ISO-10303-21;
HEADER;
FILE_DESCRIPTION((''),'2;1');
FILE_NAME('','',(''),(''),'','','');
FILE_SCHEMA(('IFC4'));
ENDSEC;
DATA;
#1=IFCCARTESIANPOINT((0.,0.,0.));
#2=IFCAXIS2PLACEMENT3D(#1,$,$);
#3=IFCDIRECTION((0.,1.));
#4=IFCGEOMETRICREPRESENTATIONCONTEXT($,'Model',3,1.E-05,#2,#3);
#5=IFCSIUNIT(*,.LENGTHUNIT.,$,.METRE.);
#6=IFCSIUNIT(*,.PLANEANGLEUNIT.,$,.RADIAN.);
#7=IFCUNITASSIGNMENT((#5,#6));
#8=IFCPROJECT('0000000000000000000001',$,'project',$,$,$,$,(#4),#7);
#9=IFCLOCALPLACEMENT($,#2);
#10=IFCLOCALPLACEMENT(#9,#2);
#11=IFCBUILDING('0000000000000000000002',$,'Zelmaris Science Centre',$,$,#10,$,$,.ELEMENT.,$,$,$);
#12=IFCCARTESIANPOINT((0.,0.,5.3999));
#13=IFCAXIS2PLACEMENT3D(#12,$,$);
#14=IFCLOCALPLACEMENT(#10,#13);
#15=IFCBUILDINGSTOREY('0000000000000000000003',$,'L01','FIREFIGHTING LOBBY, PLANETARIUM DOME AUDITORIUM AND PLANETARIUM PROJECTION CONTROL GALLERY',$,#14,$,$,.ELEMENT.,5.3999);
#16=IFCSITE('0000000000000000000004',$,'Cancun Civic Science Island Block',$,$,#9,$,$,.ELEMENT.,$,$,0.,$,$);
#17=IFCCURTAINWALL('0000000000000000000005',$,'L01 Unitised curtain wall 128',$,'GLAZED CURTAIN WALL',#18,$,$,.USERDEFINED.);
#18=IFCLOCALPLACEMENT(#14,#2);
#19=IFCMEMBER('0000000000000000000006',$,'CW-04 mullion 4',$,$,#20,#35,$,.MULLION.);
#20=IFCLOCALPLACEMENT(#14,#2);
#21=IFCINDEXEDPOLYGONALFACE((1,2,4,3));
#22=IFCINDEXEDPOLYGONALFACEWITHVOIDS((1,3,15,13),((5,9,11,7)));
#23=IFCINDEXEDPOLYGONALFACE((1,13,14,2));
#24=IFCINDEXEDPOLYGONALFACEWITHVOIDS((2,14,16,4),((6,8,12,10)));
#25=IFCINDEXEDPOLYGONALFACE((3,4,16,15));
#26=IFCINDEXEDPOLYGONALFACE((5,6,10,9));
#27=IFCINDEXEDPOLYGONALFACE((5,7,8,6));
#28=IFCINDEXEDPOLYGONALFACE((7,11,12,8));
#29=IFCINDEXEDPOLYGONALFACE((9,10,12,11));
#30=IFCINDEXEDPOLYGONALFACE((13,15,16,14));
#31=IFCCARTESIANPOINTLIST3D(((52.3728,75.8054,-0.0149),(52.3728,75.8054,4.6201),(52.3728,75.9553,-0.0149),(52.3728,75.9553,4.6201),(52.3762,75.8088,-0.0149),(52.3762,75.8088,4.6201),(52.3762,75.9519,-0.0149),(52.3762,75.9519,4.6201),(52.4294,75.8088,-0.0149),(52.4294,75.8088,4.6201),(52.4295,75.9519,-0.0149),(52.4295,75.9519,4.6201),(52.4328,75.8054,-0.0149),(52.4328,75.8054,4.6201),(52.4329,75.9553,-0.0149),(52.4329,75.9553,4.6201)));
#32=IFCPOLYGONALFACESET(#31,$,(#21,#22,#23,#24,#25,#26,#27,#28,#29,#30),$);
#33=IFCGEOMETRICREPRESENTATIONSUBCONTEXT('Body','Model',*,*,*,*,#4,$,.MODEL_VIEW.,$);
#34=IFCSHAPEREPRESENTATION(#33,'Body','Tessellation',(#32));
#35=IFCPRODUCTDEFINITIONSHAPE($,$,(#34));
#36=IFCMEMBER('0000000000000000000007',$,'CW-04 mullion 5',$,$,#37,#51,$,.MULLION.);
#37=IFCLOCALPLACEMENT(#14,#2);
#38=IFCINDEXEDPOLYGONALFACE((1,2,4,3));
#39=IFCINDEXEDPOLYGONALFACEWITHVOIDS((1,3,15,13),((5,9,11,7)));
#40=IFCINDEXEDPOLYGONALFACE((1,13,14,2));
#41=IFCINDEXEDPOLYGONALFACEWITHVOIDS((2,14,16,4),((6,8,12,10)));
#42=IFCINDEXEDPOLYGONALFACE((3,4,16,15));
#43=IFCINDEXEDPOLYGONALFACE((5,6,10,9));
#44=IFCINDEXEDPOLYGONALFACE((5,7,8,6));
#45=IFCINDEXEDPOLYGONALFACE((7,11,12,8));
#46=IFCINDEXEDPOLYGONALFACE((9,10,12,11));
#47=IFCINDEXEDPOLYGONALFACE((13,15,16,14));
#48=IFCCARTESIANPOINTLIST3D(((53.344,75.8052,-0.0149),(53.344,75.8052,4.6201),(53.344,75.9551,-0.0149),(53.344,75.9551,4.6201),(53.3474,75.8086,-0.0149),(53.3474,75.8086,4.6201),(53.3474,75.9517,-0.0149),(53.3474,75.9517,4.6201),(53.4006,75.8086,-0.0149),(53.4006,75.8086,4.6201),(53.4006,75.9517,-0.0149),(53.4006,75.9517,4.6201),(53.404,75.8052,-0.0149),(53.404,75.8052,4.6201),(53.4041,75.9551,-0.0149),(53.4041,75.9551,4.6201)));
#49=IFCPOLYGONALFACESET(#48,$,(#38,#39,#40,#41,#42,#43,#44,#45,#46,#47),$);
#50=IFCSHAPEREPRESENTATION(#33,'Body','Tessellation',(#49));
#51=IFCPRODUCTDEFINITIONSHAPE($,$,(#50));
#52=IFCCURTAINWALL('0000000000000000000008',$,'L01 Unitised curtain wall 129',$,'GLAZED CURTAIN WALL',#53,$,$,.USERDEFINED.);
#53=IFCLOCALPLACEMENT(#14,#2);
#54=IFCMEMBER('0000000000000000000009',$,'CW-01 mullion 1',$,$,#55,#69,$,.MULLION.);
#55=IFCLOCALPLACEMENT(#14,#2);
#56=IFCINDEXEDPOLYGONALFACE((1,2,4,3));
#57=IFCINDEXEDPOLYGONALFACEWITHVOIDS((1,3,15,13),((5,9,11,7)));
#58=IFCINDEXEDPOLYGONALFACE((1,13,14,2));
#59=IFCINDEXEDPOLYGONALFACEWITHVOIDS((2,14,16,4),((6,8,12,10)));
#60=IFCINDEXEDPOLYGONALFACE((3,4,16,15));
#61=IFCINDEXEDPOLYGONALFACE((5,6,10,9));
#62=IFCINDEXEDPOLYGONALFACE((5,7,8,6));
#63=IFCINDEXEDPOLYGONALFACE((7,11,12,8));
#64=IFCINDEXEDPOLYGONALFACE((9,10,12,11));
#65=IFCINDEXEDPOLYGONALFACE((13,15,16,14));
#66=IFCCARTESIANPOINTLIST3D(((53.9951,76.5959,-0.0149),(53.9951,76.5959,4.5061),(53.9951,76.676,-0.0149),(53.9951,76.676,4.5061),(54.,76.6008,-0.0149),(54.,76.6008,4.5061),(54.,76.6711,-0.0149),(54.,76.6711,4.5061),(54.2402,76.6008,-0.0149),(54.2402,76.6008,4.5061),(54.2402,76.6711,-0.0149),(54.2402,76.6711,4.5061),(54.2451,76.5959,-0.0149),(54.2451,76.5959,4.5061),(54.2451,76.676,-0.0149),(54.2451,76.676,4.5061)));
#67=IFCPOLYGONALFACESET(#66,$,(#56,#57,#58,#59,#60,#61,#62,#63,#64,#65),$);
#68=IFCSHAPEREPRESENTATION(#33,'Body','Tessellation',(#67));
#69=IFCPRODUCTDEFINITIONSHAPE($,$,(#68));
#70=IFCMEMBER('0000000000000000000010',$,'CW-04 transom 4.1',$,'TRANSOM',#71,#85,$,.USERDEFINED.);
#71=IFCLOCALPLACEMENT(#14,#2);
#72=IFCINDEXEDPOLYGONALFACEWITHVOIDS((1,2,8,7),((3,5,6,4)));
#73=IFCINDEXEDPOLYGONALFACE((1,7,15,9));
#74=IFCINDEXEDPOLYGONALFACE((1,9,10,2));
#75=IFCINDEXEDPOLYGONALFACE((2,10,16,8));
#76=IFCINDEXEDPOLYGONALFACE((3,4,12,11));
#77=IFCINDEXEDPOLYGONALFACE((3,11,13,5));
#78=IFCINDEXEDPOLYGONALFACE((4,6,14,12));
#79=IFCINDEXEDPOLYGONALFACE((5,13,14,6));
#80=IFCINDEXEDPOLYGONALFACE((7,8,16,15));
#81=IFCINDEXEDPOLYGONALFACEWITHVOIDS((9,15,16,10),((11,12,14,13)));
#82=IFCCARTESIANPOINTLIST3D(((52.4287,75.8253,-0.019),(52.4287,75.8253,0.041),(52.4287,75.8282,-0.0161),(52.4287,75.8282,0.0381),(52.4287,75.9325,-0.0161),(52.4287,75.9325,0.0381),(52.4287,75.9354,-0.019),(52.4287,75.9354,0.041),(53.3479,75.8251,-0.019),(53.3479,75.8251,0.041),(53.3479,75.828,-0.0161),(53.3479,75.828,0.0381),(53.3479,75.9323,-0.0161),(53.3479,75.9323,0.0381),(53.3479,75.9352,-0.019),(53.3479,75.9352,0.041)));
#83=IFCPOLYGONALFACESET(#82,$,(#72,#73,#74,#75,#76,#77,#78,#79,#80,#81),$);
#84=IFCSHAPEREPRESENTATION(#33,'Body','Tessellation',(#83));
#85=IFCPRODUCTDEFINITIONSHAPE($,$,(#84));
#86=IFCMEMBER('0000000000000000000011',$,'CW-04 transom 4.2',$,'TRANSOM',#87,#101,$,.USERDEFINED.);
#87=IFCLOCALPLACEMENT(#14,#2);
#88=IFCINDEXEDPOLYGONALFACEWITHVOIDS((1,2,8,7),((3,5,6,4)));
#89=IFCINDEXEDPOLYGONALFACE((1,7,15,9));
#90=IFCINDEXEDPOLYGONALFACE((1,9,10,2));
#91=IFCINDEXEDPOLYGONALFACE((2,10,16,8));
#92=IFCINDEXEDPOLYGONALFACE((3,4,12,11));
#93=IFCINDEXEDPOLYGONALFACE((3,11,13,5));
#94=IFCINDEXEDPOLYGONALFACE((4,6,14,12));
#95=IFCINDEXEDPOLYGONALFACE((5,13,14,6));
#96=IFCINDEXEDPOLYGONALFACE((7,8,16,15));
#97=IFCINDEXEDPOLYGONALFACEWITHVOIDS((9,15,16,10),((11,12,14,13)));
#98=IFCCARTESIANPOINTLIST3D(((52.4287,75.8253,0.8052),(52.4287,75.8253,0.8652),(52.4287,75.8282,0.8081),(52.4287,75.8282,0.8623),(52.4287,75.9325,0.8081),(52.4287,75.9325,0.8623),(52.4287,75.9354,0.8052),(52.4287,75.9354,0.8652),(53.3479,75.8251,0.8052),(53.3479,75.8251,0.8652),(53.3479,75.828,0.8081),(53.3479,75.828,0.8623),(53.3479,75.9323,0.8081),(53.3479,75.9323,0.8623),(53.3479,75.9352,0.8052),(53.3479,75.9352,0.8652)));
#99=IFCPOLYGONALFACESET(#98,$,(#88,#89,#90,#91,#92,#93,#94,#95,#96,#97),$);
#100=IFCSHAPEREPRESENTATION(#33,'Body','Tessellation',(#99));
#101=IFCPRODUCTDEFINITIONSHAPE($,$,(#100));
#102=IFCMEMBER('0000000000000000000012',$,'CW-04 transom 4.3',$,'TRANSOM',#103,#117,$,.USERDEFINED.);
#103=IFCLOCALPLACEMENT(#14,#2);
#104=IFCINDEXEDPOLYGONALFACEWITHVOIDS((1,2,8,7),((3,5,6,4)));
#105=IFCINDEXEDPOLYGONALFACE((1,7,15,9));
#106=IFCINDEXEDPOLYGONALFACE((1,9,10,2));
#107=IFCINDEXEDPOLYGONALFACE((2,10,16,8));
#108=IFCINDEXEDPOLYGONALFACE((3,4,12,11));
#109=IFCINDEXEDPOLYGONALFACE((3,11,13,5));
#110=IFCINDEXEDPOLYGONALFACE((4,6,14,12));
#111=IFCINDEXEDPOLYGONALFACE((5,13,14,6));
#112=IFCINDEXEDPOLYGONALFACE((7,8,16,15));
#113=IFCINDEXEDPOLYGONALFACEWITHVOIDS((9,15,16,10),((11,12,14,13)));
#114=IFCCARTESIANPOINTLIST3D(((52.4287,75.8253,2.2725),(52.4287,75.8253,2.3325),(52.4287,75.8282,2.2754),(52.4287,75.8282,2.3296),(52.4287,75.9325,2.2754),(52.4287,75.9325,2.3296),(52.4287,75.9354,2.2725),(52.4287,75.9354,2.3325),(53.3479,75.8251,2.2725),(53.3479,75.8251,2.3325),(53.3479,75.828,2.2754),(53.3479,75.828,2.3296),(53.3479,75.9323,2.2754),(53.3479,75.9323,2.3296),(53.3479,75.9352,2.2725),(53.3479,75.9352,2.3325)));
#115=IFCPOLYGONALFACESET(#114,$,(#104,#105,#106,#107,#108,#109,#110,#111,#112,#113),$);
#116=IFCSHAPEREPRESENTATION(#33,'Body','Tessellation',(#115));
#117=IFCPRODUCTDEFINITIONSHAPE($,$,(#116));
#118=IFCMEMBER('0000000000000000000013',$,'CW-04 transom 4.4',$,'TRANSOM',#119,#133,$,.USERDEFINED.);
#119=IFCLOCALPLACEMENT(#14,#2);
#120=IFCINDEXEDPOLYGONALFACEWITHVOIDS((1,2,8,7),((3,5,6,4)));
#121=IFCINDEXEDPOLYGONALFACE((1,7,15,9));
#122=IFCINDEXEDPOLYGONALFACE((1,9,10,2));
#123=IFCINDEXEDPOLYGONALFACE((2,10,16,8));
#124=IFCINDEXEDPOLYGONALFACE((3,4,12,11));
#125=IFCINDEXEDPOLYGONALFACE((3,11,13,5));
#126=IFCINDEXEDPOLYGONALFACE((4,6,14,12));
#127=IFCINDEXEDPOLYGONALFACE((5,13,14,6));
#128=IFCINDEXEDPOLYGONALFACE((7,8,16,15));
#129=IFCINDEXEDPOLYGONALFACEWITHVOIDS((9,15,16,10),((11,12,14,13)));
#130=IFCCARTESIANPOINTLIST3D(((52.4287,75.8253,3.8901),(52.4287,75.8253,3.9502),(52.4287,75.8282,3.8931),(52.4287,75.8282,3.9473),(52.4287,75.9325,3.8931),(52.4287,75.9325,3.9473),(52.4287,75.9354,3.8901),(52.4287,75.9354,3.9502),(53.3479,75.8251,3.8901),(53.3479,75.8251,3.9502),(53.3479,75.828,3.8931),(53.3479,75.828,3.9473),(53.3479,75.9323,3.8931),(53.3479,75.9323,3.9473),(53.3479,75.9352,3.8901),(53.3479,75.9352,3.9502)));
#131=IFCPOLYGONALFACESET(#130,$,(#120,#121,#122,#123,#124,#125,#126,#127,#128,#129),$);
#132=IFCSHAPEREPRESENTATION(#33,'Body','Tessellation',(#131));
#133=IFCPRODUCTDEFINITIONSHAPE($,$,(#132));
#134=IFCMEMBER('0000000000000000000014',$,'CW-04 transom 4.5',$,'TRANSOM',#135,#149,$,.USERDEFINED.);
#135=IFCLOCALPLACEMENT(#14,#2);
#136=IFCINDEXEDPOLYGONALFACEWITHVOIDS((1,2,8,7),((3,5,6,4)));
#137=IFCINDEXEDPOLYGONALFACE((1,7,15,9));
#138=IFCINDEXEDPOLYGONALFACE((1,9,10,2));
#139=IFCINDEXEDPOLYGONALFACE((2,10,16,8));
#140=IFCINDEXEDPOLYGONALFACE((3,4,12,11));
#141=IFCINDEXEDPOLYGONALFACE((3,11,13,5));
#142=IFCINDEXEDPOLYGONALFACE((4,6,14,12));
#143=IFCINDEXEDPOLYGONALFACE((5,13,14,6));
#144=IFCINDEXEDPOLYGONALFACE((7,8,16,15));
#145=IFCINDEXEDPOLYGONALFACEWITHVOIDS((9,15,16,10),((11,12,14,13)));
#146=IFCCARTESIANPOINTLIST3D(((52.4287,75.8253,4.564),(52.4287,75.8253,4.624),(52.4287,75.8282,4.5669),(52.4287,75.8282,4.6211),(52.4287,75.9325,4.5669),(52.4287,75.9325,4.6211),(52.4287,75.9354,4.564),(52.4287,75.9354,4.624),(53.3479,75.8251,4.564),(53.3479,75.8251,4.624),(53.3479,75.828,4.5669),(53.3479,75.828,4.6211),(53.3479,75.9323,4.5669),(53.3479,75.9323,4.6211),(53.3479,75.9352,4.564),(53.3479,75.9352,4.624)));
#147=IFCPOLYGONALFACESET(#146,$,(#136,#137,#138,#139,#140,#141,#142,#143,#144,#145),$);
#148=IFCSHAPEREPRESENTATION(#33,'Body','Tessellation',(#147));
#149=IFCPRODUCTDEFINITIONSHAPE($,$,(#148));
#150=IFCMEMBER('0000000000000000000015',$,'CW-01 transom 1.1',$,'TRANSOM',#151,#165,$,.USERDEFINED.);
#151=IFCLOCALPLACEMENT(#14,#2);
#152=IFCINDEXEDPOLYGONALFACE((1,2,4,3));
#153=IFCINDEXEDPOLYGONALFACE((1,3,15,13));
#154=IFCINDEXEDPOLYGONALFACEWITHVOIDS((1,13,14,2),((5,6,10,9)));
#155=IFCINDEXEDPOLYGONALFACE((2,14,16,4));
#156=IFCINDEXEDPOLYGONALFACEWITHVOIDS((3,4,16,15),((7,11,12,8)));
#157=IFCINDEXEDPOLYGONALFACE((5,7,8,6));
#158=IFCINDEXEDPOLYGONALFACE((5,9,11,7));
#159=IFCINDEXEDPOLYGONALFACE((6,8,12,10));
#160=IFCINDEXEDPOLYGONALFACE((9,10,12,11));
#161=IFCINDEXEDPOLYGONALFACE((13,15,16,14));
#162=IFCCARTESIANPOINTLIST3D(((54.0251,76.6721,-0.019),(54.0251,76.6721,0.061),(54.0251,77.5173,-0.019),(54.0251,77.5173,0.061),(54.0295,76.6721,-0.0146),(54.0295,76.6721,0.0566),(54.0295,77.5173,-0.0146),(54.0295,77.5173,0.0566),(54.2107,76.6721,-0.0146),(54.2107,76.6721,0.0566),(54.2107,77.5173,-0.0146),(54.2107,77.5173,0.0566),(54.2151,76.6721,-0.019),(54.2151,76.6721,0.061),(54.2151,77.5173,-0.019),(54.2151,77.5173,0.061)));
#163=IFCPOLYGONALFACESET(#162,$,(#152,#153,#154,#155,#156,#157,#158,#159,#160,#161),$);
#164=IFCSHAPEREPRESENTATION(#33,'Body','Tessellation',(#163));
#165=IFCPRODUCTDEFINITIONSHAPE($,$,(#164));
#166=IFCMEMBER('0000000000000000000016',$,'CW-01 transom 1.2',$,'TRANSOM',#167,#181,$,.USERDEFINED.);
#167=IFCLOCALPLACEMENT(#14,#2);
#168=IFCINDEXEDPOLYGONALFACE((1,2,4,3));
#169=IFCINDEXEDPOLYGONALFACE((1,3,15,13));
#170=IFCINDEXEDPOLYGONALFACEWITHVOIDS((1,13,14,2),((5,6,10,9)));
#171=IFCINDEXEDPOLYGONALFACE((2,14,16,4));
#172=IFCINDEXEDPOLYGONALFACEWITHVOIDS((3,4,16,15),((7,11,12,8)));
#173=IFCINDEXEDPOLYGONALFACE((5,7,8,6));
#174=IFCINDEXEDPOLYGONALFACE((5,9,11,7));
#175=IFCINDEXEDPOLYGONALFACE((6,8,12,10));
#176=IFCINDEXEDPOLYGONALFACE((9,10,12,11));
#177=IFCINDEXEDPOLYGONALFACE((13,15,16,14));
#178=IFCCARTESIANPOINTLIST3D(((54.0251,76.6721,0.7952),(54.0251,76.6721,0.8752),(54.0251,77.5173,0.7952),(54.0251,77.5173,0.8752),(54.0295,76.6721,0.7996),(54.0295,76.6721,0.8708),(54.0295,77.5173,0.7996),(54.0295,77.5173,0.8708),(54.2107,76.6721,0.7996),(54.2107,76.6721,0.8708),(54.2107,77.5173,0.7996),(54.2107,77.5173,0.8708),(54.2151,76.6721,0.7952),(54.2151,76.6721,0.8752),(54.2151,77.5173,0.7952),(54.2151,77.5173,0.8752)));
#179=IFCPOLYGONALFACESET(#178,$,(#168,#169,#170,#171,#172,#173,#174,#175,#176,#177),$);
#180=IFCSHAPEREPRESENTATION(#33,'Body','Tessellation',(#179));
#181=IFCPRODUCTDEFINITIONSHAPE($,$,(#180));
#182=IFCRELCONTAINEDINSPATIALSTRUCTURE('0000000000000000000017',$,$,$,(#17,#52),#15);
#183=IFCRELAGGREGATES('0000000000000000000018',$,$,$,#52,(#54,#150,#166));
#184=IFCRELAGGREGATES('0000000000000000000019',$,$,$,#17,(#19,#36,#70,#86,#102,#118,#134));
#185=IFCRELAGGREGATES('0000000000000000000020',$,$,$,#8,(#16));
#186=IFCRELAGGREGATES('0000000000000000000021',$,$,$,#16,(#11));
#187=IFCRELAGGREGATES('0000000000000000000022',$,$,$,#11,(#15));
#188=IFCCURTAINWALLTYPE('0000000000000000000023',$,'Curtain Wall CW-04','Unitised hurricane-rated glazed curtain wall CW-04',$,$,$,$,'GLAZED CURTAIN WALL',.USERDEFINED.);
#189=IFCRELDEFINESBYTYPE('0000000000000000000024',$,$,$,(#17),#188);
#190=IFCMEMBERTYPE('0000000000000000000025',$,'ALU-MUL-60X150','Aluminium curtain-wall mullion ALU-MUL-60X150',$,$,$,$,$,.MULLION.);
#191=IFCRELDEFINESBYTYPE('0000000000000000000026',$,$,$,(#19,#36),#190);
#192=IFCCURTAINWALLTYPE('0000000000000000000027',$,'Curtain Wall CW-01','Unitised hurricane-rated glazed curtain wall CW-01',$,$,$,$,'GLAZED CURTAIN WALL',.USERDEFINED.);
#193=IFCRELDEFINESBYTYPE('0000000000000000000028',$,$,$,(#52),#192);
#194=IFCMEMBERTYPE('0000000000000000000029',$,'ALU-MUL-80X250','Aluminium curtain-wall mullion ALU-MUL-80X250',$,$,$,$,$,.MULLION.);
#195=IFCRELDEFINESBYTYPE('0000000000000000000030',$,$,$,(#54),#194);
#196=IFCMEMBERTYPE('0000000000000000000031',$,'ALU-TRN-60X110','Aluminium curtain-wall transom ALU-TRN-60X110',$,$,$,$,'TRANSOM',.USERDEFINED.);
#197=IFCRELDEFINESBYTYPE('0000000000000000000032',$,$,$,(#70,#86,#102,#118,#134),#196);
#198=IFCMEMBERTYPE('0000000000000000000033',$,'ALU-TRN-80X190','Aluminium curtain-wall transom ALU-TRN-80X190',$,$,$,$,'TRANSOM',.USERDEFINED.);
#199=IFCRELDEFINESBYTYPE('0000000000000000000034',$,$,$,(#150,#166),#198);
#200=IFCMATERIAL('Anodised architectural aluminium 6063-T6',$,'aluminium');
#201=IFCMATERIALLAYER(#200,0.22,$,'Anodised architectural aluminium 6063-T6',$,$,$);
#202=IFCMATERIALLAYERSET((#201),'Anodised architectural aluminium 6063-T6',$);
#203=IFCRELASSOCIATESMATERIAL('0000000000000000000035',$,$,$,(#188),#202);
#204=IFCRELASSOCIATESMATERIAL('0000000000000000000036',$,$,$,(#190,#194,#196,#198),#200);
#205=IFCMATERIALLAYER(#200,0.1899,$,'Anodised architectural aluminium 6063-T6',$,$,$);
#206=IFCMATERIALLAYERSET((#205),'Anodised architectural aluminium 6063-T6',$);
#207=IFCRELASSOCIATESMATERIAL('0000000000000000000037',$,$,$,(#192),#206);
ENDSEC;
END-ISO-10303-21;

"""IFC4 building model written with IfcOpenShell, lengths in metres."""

from ifc_helpers import new_model, si_unit, direction, frame, origin, origin_2d, place, context, subcontext, project, spatial, hollow_rectangle, extrude, material, layer, layer_set, material_profile, profile_set, type_object, element, aggregate, save


model = new_model("IFC4")

# Units and contexts
model_context = context("Model", 3, precision=1e-05, world=origin(), true_north=direction((0.0, 1.0)))
body_context = subcontext(model_context, "Body", "Model", "MODEL_VIEW")
ifc_project = project(units=[si_unit("LENGTHUNIT", "METRE"), si_unit("PLANEANGLEUNIT", "RADIAN")], contexts=[model_context])

# Site, building, storey
site_placement = place(None, origin())
site = spatial("IfcSite", under=ifc_project, at=site_placement, Name="Cancun Civic Science Island Block", CompositionType="ELEMENT", RefElevation=0.0)
building_placement = place(site_placement, origin())
building = spatial("IfcBuilding", under=site, at=building_placement, Name="Zelmaris Science Centre", CompositionType="ELEMENT")
storey_placement = place(building_placement, frame((0.0, 0.0, 5.3999)))
storey = spatial("IfcBuildingStorey", under=building, at=storey_placement, Name="L01", Description="FIREFIGHTING LOBBY, PLANETARIUM DOME AUDITORIUM AND PLANETARIUM PROJECTION CONTROL GALLERY", CompositionType="ELEMENT", Elevation=5.3999)

# Curtain wall, members
ifc_material_1 = material(Name="Anodised architectural aluminium 6063-T6", Category="aluminium")
ifc_layer_1 = layer(ifc_material_1, 0.22, Name="Anodised architectural aluminium 6063-T6")
ifc_layer_set_1 = layer_set([ifc_layer_1], Name="Anodised architectural aluminium 6063-T6")
curtain_wall_type_1 = type_object("IfcCurtainWallType", Name="Curtain Wall CW-04", Description="Unitised hurricane-rated glazed curtain wall CW-04", ElementType="GLAZED CURTAIN WALL", PredefinedType="USERDEFINED", material=ifc_layer_set_1)
curtain_wall_1_placement = place(storey_placement, origin())
curtain_wall_1 = element("IfcCurtainWall", 1, at=curtain_wall_1_placement, inside=storey, type_object=curtain_wall_type_1, Name="L01 Unitised curtain wall 128", ObjectType="GLAZED CURTAIN WALL", PredefinedType="USERDEFINED")
ifc_material_profile_1 = material_profile(ifc_material_1, hollow_rectangle(XDim=0.0601, YDim=0.1499, WallThickness=0.0034, at=origin_2d()), Name="ALU-MUL-60X150")
ifc_profile_set_1 = profile_set([ifc_material_profile_1], Name="Anodised architectural aluminium 6063-T6")
member_type_1 = type_object("IfcMemberType", Name="ALU-MUL-60X150", Description="Aluminium curtain-wall mullion ALU-MUL-60X150", PredefinedType="MULLION", material=ifc_profile_set_1)
member_1_placement = place(storey_placement, frame((52.4028, 75.8804, -0.0149), z_axis=(0.0, 0.0, 1.0), x_axis=(1.0, -0.000194, 0.0)))
member_1 = element("IfcMember", 2, at=member_1_placement, type_object=member_type_1, Name="CW-04 mullion 4", PredefinedType="MULLION", context=body_context, shape_type="SweptSolid", body=[
    extrude(hollow_rectangle(XDim=0.0601, YDim=0.1499, WallThickness=0.0034, at=origin_2d()), origin(), (0.0, 0.0, 1.0), 4.635),
])
member_2_placement = place(storey_placement, frame((53.374, 75.8801, -0.0149), z_axis=(0.0, 0.0, 1.0), x_axis=(1.0, -0.000194, 0.0)))
member_2 = element("IfcMember", 3, at=member_2_placement, type_object=member_type_1, Name="CW-04 mullion 5", PredefinedType="MULLION", context=body_context, shape_type="SweptSolid", body=[
    extrude(hollow_rectangle(XDim=0.0601, YDim=0.1499, WallThickness=0.0034, at=origin_2d()), origin(), (0.0, 0.0, 1.0), 4.635),
])

# Curtain wall, member
ifc_layer_2 = layer(ifc_material_1, 0.1899, Name="Anodised architectural aluminium 6063-T6")
ifc_layer_set_2 = layer_set([ifc_layer_2], Name="Anodised architectural aluminium 6063-T6")
curtain_wall_type_2 = type_object("IfcCurtainWallType", Name="Curtain Wall CW-01", Description="Unitised hurricane-rated glazed curtain wall CW-01", ElementType="GLAZED CURTAIN WALL", PredefinedType="USERDEFINED", material=ifc_layer_set_2)
curtain_wall_2_placement = place(storey_placement, origin())
curtain_wall_2 = element("IfcCurtainWall", 4, at=curtain_wall_2_placement, inside=storey, type_object=curtain_wall_type_2, Name="L01 Unitised curtain wall 129", ObjectType="GLAZED CURTAIN WALL", PredefinedType="USERDEFINED")
ifc_material_profile_2 = material_profile(ifc_material_1, hollow_rectangle(XDim=0.0801, YDim=0.25, WallThickness=0.0049, at=origin_2d()), Name="ALU-MUL-80X250")
ifc_profile_set_2 = profile_set([ifc_material_profile_2], Name="Anodised architectural aluminium 6063-T6")
member_type_2 = type_object("IfcMemberType", Name="ALU-MUL-80X250", Description="Aluminium curtain-wall mullion ALU-MUL-80X250", PredefinedType="MULLION", material=ifc_profile_set_2)
member_3_placement = place(storey_placement, frame((54.1201, 76.636, -0.0149), z_axis=(0.0, 0.0, 1.0), x_axis=(0.000007, 1.0, 0.0)))
member_3 = element("IfcMember", 5, at=member_3_placement, type_object=member_type_2, Name="CW-01 mullion 1", PredefinedType="MULLION", context=body_context, shape_type="SweptSolid", body=[
    extrude(hollow_rectangle(XDim=0.0801, YDim=0.25, WallThickness=0.0049, at=origin_2d()), origin(), (0.0, 0.0, 1.0), 4.521),
])

# Members
ifc_material_profile_3 = material_profile(ifc_material_1, hollow_rectangle(XDim=0.0601, YDim=0.1101, WallThickness=0.0029, at=origin_2d()), Name="ALU-TRN-60X110")
ifc_profile_set_3 = profile_set([ifc_material_profile_3], Name="Anodised architectural aluminium 6063-T6")
member_type_3 = type_object("IfcMemberType", Name="ALU-TRN-60X110", Description="Aluminium curtain-wall transom ALU-TRN-60X110", ElementType="TRANSOM", PredefinedType="USERDEFINED", material=ifc_profile_set_3)
member_4_placement = place(storey_placement, frame((52.4287, 75.8804, 0.011), z_axis=(1.0, -0.000266, 0.0), x_axis=(0.0, 0.0, 1.0)))
member_4 = element("IfcMember", 6, at=member_4_placement, type_object=member_type_3, Name="CW-04 transom 4.1", ObjectType="TRANSOM", PredefinedType="USERDEFINED", context=body_context, shape_type="SweptSolid", body=[
    extrude(hollow_rectangle(XDim=0.0601, YDim=0.1101, WallThickness=0.0029, at=origin_2d()), origin(), (0.0, 0.0, 1.0), 0.9192),
])
member_5_placement = place(storey_placement, frame((52.4287, 75.8804, 0.8352), z_axis=(1.0, -0.000266, 0.0), x_axis=(0.0, 0.0, 1.0)))
member_5 = element("IfcMember", 7, at=member_5_placement, type_object=member_type_3, Name="CW-04 transom 4.2", ObjectType="TRANSOM", PredefinedType="USERDEFINED", context=body_context, shape_type="SweptSolid", body=[
    extrude(hollow_rectangle(XDim=0.0601, YDim=0.1101, WallThickness=0.0029, at=origin_2d()), origin(), (0.0, 0.0, 1.0), 0.9192),
])
member_6_placement = place(storey_placement, frame((52.4287, 75.8804, 2.3025), z_axis=(1.0, -0.000266, 0.0), x_axis=(0.0, 0.0, 1.0)))
member_6 = element("IfcMember", 8, at=member_6_placement, type_object=member_type_3, Name="CW-04 transom 4.3", ObjectType="TRANSOM", PredefinedType="USERDEFINED", context=body_context, shape_type="SweptSolid", body=[
    extrude(hollow_rectangle(XDim=0.0601, YDim=0.1101, WallThickness=0.0029, at=origin_2d()), origin(), (0.0, 0.0, 1.0), 0.9192),
])
member_7_placement = place(storey_placement, frame((52.4287, 75.8804, 3.9202), z_axis=(1.0, -0.000266, 0.0), x_axis=(0.0, 0.0, 1.0)))
member_7 = element("IfcMember", 9, at=member_7_placement, type_object=member_type_3, Name="CW-04 transom 4.4", ObjectType="TRANSOM", PredefinedType="USERDEFINED", context=body_context, shape_type="SweptSolid", body=[
    extrude(hollow_rectangle(XDim=0.0601, YDim=0.1101, WallThickness=0.0029, at=origin_2d()), origin(), (0.0, 0.0, 1.0), 0.9192),
])
member_8_placement = place(storey_placement, frame((52.4287, 75.8804, 4.594), z_axis=(1.0, -0.000266, 0.0), x_axis=(0.0, 0.0, 1.0)))
member_8 = element("IfcMember", 10, at=member_8_placement, type_object=member_type_3, Name="CW-04 transom 4.5", ObjectType="TRANSOM", PredefinedType="USERDEFINED", context=body_context, shape_type="SweptSolid", body=[
    extrude(hollow_rectangle(XDim=0.0601, YDim=0.1101, WallThickness=0.0029, at=origin_2d()), origin(), (0.0, 0.0, 1.0), 0.9192),
])
ifc_material_profile_4 = material_profile(ifc_material_1, hollow_rectangle(XDim=0.0801, YDim=0.1899, WallThickness=0.0044, at=origin_2d()), Name="ALU-TRN-80X190")
ifc_profile_set_4 = profile_set([ifc_material_profile_4], Name="Anodised architectural aluminium 6063-T6")
member_type_4 = type_object("IfcMemberType", Name="ALU-TRN-80X190", Description="Aluminium curtain-wall transom ALU-TRN-80X190", ElementType="TRANSOM", PredefinedType="USERDEFINED", material=ifc_profile_set_4)
member_9_placement = place(storey_placement, frame((54.1201, 76.6721, 0.021), z_axis=(0.0, 1.0, 0.0), x_axis=(0.0, 0.0, 1.0)))
member_9 = element("IfcMember", 11, at=member_9_placement, type_object=member_type_4, Name="CW-01 transom 1.1", ObjectType="TRANSOM", PredefinedType="USERDEFINED", context=body_context, shape_type="SweptSolid", body=[
    extrude(hollow_rectangle(XDim=0.0801, YDim=0.1899, WallThickness=0.0044, at=origin_2d()), origin(), (0.0, 0.0, 1.0), 0.8452),
])
member_10_placement = place(storey_placement, frame((54.1201, 76.6721, 0.8352), z_axis=(0.0, 1.0, 0.0), x_axis=(0.0, 0.0, 1.0)))
member_10 = element("IfcMember", 12, at=member_10_placement, type_object=member_type_4, Name="CW-01 transom 1.2", ObjectType="TRANSOM", PredefinedType="USERDEFINED", context=body_context, shape_type="SweptSolid", body=[
    extrude(hollow_rectangle(XDim=0.0801, YDim=0.1899, WallThickness=0.0044, at=origin_2d()), origin(), (0.0, 0.0, 1.0), 0.8452),
])
aggregate(curtain_wall_2, [member_3, member_9, member_10])

aggregate(curtain_wall_1, [member_1, member_2, member_4, member_5, member_6, member_7, member_8])

save(model, "model.ifc")
